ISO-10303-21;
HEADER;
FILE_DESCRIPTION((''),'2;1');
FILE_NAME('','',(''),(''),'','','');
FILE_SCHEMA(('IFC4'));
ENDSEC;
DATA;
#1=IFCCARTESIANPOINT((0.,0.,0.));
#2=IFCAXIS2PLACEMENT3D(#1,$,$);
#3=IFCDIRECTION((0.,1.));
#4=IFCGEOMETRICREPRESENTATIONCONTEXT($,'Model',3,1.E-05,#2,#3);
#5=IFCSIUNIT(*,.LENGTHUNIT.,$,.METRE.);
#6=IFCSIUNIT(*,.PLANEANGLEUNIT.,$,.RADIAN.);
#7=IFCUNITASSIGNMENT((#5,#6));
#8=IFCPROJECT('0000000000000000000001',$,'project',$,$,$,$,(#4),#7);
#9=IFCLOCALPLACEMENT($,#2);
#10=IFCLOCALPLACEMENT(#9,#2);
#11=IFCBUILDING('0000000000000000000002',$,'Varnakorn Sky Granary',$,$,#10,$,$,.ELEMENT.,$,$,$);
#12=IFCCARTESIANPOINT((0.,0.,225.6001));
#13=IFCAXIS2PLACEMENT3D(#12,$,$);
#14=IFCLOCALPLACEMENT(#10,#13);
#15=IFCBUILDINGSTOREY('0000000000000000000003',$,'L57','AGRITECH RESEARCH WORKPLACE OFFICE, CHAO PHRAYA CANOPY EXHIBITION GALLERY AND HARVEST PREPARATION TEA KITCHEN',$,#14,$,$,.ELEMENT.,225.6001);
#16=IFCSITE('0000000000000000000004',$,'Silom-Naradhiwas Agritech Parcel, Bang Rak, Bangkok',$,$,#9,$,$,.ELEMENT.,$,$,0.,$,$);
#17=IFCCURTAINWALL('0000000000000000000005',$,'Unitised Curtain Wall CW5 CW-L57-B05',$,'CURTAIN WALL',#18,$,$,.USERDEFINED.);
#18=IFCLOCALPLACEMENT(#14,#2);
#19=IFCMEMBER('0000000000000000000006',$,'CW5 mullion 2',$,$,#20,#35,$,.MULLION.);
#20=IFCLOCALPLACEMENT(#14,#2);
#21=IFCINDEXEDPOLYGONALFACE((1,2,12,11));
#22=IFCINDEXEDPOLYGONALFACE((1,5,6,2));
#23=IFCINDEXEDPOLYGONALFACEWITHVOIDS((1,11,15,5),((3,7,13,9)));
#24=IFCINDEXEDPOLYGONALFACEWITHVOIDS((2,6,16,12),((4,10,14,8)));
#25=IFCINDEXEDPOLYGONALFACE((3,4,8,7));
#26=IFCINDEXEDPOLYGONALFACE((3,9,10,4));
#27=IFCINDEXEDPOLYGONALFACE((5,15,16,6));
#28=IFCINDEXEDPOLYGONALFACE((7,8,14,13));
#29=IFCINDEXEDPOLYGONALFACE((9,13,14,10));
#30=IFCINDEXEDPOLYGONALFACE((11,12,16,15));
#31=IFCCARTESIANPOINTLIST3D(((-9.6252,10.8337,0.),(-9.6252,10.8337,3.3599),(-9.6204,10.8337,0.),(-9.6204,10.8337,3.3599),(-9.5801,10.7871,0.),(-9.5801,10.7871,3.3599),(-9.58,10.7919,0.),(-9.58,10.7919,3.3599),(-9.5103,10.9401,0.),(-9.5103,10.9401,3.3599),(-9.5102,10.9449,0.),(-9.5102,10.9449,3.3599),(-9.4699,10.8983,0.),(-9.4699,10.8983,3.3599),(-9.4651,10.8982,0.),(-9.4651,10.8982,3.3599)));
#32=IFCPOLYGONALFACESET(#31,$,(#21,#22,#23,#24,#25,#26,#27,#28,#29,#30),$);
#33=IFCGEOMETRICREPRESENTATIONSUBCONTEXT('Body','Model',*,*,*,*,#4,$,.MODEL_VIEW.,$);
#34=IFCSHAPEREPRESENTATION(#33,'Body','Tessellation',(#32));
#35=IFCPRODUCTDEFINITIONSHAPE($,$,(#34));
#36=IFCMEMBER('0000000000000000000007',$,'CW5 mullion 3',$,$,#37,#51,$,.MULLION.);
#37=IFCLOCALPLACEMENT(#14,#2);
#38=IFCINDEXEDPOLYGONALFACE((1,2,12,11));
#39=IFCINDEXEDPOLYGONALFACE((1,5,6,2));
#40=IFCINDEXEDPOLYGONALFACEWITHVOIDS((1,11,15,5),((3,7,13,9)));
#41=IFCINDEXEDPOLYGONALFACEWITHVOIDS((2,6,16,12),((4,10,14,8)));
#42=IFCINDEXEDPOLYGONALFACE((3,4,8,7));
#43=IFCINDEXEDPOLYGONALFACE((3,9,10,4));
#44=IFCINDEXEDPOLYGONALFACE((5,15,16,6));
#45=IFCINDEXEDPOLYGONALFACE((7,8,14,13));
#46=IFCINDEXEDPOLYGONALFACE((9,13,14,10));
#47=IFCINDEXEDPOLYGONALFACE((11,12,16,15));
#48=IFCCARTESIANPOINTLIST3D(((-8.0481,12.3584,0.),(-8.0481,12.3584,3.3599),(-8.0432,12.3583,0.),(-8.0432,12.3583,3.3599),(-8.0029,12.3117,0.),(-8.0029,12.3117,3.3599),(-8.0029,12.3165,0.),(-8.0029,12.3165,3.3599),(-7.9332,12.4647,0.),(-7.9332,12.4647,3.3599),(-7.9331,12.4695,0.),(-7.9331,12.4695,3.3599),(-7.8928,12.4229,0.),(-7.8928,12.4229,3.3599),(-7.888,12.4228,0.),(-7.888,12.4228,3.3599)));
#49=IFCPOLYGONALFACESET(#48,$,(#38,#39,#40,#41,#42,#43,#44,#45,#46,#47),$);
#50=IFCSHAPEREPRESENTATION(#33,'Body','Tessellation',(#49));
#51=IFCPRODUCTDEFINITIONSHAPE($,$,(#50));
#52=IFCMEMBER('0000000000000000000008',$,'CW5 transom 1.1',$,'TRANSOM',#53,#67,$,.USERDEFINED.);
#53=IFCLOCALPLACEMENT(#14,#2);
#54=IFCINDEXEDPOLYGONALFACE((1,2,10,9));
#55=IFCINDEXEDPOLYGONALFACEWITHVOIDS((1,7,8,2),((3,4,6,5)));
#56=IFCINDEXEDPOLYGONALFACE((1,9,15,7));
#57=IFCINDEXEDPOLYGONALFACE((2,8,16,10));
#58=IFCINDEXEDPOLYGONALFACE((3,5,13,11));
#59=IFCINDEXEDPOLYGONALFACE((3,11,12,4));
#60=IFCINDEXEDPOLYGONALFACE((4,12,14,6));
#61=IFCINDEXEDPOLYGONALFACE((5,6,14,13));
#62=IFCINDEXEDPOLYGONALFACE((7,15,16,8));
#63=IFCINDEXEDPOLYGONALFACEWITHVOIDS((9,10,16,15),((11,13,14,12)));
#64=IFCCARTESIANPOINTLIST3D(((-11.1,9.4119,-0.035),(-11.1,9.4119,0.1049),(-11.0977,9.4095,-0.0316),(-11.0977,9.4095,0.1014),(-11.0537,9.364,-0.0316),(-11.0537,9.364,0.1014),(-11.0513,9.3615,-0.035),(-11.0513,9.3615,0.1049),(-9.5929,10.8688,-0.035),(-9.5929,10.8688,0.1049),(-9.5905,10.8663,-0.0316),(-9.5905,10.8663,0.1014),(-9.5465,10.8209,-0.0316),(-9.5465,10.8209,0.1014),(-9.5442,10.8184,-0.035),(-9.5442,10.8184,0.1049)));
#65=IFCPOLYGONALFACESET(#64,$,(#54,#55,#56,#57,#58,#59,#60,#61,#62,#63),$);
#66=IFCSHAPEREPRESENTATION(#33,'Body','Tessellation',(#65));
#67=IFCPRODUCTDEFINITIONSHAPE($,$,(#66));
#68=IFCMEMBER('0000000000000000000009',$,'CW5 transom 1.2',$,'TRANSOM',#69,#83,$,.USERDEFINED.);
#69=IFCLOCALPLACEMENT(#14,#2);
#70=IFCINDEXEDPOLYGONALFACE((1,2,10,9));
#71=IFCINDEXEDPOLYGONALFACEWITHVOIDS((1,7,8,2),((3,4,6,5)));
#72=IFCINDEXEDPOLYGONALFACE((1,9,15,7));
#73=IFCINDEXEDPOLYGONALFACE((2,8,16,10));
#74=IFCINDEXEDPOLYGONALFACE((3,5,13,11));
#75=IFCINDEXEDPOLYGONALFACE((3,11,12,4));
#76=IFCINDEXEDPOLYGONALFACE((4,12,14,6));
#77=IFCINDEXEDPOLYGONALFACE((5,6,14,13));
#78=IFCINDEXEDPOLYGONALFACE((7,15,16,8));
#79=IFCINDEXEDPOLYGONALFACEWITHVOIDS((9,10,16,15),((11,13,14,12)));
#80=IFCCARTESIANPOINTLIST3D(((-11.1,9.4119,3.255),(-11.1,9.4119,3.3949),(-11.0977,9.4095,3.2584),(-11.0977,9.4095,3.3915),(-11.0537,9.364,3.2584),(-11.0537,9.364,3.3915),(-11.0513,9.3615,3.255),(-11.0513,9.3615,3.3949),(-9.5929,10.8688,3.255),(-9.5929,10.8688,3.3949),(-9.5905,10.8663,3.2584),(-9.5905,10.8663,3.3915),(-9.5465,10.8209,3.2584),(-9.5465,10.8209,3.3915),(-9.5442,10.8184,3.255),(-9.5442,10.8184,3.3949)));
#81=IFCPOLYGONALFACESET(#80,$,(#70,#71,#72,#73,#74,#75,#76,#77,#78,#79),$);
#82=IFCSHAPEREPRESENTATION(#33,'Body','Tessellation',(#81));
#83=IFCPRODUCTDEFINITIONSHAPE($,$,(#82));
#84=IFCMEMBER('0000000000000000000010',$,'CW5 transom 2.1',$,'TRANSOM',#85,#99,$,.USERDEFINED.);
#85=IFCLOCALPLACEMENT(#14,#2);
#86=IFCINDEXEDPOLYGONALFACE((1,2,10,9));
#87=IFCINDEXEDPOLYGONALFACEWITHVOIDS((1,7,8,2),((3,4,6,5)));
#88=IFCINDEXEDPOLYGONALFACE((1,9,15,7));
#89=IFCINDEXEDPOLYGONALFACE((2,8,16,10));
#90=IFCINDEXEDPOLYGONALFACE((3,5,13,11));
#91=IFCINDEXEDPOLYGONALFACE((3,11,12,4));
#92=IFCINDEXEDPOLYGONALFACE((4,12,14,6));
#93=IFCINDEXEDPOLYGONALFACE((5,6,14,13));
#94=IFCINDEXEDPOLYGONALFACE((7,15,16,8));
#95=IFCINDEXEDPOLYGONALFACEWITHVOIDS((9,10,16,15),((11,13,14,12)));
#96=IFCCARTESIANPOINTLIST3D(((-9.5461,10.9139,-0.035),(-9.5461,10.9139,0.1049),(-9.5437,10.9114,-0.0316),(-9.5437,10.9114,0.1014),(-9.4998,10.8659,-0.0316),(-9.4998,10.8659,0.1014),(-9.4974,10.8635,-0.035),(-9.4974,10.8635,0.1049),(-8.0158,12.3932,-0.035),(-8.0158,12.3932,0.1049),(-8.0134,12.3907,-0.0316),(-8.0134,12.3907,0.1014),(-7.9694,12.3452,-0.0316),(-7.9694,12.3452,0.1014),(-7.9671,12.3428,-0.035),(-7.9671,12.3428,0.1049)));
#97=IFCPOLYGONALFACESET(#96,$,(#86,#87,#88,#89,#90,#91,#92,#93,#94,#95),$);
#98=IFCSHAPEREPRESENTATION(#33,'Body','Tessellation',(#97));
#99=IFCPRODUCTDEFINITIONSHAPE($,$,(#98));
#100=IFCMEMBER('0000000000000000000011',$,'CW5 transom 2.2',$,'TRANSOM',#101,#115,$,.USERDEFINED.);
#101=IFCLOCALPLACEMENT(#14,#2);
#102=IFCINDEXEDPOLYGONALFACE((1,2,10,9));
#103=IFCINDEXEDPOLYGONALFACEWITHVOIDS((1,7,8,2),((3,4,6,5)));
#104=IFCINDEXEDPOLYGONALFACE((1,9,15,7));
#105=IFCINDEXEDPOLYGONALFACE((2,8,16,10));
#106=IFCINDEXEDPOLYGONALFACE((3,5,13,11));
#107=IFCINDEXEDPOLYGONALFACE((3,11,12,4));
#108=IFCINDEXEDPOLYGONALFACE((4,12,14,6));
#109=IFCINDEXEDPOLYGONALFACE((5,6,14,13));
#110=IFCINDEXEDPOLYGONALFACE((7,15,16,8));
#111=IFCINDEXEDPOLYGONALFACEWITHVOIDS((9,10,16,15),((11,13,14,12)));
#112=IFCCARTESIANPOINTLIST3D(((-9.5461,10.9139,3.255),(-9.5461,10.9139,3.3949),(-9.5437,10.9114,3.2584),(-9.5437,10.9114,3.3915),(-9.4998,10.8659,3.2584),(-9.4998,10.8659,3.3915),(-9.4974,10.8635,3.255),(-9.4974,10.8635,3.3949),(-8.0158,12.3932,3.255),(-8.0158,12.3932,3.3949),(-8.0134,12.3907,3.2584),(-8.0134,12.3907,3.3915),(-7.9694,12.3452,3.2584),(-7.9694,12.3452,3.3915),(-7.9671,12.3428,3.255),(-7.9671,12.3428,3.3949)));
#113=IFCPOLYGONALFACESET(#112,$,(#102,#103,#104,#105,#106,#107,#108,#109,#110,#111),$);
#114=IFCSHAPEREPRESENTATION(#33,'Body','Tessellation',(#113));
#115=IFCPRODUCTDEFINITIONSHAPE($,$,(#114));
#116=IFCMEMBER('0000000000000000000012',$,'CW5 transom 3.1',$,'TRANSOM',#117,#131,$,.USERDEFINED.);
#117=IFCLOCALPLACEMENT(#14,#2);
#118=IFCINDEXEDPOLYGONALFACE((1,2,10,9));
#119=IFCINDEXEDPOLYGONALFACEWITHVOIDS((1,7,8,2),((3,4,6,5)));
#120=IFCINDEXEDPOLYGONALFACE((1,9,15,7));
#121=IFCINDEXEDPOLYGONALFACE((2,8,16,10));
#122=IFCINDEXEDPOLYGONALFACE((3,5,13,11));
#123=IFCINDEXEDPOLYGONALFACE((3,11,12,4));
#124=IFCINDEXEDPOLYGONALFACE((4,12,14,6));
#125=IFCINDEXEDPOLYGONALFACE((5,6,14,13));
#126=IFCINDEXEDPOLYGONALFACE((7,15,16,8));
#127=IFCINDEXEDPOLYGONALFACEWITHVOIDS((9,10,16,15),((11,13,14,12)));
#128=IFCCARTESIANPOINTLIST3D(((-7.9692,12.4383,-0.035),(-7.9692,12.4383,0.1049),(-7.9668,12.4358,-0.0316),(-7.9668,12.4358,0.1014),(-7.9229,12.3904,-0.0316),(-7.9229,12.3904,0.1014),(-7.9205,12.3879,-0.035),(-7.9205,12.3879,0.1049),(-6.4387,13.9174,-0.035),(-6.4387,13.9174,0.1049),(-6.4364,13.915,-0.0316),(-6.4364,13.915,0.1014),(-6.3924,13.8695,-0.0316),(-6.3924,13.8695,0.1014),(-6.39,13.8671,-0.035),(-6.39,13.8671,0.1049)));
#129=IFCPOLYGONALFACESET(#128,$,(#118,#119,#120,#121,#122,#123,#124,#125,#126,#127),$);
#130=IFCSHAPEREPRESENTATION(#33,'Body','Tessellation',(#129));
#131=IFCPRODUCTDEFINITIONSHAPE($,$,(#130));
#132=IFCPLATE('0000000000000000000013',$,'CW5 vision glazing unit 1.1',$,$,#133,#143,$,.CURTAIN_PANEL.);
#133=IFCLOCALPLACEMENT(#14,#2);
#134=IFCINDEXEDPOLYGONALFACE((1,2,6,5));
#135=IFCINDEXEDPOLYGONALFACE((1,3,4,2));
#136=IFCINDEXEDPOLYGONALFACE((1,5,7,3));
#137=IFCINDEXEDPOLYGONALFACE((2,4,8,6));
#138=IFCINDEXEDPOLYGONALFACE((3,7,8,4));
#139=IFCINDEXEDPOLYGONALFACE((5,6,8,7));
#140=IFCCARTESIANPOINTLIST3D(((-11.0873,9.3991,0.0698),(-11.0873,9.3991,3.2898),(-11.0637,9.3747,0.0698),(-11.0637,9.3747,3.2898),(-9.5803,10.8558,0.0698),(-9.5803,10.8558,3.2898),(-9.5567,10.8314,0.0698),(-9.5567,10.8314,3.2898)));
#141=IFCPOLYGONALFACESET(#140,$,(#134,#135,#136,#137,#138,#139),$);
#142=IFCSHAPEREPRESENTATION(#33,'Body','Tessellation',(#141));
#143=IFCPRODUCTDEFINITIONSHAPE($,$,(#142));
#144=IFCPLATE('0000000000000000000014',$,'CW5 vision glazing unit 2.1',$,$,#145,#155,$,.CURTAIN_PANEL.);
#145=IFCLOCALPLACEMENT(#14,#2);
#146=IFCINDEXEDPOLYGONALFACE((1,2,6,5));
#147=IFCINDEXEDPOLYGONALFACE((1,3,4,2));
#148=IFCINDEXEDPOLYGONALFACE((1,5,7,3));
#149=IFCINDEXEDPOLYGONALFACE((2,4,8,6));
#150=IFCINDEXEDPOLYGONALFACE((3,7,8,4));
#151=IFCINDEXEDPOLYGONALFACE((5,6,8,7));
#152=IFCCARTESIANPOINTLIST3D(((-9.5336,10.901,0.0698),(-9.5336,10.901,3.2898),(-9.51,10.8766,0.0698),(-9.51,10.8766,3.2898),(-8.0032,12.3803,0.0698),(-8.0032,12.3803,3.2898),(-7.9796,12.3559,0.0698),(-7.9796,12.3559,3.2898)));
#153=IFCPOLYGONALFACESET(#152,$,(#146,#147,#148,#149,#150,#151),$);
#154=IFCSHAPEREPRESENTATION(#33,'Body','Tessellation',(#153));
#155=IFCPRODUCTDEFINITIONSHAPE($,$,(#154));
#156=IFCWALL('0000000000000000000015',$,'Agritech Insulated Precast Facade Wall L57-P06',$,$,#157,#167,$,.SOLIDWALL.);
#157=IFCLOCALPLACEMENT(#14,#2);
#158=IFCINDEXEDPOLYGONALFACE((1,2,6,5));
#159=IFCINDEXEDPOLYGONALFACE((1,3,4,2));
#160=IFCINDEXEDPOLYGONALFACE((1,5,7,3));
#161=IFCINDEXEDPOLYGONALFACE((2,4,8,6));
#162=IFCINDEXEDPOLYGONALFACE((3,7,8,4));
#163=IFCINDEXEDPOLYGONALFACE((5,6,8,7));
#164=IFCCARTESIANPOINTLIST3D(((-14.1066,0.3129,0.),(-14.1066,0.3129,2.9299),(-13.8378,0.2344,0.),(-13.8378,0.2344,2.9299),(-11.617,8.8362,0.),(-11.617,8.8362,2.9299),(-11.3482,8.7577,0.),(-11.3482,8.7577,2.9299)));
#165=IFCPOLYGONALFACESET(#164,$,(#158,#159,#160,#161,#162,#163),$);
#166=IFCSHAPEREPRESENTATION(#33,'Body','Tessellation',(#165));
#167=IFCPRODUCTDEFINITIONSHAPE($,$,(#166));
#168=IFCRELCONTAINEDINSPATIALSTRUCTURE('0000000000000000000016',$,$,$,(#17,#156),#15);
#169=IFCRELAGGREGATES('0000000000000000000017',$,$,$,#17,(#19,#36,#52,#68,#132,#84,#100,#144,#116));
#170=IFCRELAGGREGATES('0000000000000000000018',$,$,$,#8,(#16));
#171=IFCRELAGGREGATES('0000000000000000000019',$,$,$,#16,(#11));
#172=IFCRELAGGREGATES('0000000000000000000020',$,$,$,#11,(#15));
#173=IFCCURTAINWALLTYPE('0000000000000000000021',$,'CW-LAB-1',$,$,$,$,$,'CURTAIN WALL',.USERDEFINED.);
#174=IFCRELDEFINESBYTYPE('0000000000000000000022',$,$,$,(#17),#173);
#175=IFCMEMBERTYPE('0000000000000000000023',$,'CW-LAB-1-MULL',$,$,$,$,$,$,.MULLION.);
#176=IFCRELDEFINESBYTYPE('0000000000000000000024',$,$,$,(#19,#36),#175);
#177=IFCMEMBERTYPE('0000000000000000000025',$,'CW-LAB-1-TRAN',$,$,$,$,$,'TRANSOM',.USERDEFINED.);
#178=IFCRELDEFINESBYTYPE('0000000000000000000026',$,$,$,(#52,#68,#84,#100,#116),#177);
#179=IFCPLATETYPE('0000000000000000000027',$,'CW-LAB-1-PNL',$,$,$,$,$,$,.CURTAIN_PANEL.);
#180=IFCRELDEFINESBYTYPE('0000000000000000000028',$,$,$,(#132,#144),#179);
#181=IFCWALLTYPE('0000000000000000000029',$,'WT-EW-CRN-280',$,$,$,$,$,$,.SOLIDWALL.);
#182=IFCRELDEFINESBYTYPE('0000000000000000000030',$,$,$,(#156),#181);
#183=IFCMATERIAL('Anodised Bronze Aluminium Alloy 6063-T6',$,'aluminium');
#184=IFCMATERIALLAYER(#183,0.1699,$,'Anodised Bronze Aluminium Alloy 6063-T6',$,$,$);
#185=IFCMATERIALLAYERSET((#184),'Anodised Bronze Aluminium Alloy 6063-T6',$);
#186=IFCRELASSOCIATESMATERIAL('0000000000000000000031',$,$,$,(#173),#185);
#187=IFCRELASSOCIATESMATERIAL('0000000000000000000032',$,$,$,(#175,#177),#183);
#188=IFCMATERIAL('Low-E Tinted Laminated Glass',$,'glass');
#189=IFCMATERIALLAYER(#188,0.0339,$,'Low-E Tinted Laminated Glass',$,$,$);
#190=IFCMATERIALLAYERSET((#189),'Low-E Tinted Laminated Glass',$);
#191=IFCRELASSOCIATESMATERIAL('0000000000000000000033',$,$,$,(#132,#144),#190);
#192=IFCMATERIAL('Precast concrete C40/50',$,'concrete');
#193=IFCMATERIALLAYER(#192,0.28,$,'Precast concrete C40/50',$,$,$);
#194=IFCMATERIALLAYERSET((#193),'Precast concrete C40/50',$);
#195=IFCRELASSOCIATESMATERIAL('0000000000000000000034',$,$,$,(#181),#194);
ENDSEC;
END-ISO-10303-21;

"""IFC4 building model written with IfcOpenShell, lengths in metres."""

from ifc_helpers import new_model, si_unit, direction, frame, frame_2d, origin, origin_2d, place, context, subcontext, project, spatial, rectangle, hollow_rectangle, extrude, source, transform, mapped, material, layer, layer_set, material_profile, profile_set, type_object, type_shapes, element, aggregate, save


model = new_model("IFC4")

# Units and contexts
model_context = context("Model", 3, precision=1e-05, world=origin(), true_north=direction((0.0, 1.0)))
body_context = subcontext(model_context, "Body", "Model", "MODEL_VIEW")
ifc_project = project(units=[si_unit("LENGTHUNIT", "METRE"), si_unit("PLANEANGLEUNIT", "RADIAN")], contexts=[model_context])

# Site, building, storey
site_placement = place(None, origin())
site = spatial("IfcSite", under=ifc_project, at=site_placement, Name="Silom-Naradhiwas Agritech Parcel, Bang Rak, Bangkok", CompositionType="ELEMENT", RefElevation=0.0)
building_placement = place(site_placement, origin())
building = spatial("IfcBuilding", under=site, at=building_placement, Name="Varnakorn Sky Granary", CompositionType="ELEMENT")
storey_placement = place(building_placement, frame((0.0, 0.0, 225.6001)))
storey = spatial("IfcBuildingStorey", under=building, at=storey_placement, Name="L57", Description="AGRITECH RESEARCH WORKPLACE OFFICE, CHAO PHRAYA CANOPY EXHIBITION GALLERY AND HARVEST PREPARATION TEA KITCHEN", CompositionType="ELEMENT", Elevation=225.6001)

# Curtain wall, members, plates
ifc_material_1 = material(Name="Anodised Bronze Aluminium Alloy 6063-T6", Category="aluminium")
ifc_layer_1 = layer(ifc_material_1, 0.1699, Name="Anodised Bronze Aluminium Alloy 6063-T6")
ifc_layer_set_1 = layer_set([ifc_layer_1], Name="Anodised Bronze Aluminium Alloy 6063-T6")
curtain_wall_type = type_object("IfcCurtainWallType", Name="CW-LAB-1", ElementType="CURTAIN WALL", PredefinedType="USERDEFINED", material=ifc_layer_set_1)
curtain_wall_placement = place(storey_placement, origin())
curtain_wall = element("IfcCurtainWall", 1, at=curtain_wall_placement, inside=storey, type_object=curtain_wall_type, Name="Unitised Curtain Wall CW5 CW-L57-B05", ObjectType="CURTAIN WALL", PredefinedType="USERDEFINED")
ifc_material_profile_1 = material_profile(ifc_material_1, hollow_rectangle(XDim=0.0649, YDim=0.1599, WallThickness=0.0034, at=origin_2d()), Name="ALU MULL 65x160")
ifc_profile_set_1 = profile_set([ifc_material_profile_1], Name="Anodised Bronze Aluminium Alloy 6063-T6")
member_type_1 = type_object("IfcMemberType", Name="CW-LAB-1-MULL", PredefinedType="MULLION", material=ifc_profile_set_1)
member_1_placement = place(storey_placement, frame((-9.5452, 10.866, 0.0), z_axis=(0.0, 0.0, 1.0), x_axis=(-0.695009, 0.719001, 0.0)))
member_1 = element("IfcMember", 2, at=member_1_placement, type_object=member_type_1, Name="CW5 mullion 2", PredefinedType="MULLION", context=body_context, shape_type="SweptSolid", body=[
    extrude(hollow_rectangle(XDim=0.0649, YDim=0.1599, WallThickness=0.0034, at=origin_2d()), origin(), (0.0, 0.0, 1.0), 3.3599),
])
member_2_placement = place(storey_placement, frame((-7.968, 12.3906, 0.0), z_axis=(0.0, 0.0, 1.0), x_axis=(-0.695009, 0.719001, 0.0)))
member_2 = element("IfcMember", 3, at=member_2_placement, type_object=member_type_1, Name="CW5 mullion 3", PredefinedType="MULLION", context=body_context, shape_type="SweptSolid", body=[
    extrude(hollow_rectangle(XDim=0.0649, YDim=0.1599, WallThickness=0.0034, at=origin_2d()), origin(), (0.0, 0.0, 1.0), 3.3599),
])
ifc_material_profile_2 = material_profile(ifc_material_1, hollow_rectangle(XDim=0.0701, YDim=0.1399, WallThickness=0.0034, at=origin_2d()), Name="ALU TRAN 70x140")
ifc_profile_set_2 = profile_set([ifc_material_profile_2], Name="Anodised Bronze Aluminium Alloy 6063-T6")
member_type_2 = type_object("IfcMemberType", Name="CW-LAB-1-TRAN", ElementType="TRANSOM", PredefinedType="USERDEFINED", material=ifc_profile_set_2)
member_3_placement = place(storey_placement, frame((-11.0757, 9.3867, 0.0349), z_axis=(0.719002, 0.695008, 0.0), x_axis=(-0.695008, 0.719002, 0.0)))
member_3 = element("IfcMember", 4, at=member_3_placement, type_object=member_type_2, Name="CW5 transom 1.1", ObjectType="TRANSOM", PredefinedType="USERDEFINED", context=body_context, shape_type="SweptSolid", body=[
    extrude(hollow_rectangle(XDim=0.0701, YDim=0.1399, WallThickness=0.0034, at=origin_2d()), origin(), (0.0, 0.0, 1.0), 2.0962),
])
member_4_placement = place(storey_placement, frame((-11.0757, 9.3867, 3.325), z_axis=(0.719002, 0.695008, 0.0), x_axis=(-0.695008, 0.719002, 0.0)))
member_4 = element("IfcMember", 5, at=member_4_placement, type_object=member_type_2, Name="CW5 transom 1.2", ObjectType="TRANSOM", PredefinedType="USERDEFINED", context=body_context, shape_type="SweptSolid", body=[
    extrude(hollow_rectangle(XDim=0.0701, YDim=0.1399, WallThickness=0.0034, at=origin_2d()), origin(), (0.0, 0.0, 1.0), 2.0962),
])
member_5_placement = place(storey_placement, frame((-9.5217, 10.8887, 0.0349), z_axis=(0.718992, 0.695018, 0.0), x_axis=(-0.695018, 0.718992, 0.0)))
member_5 = element("IfcMember", 6, at=member_5_placement, type_object=member_type_2, Name="CW5 transom 2.1", ObjectType="TRANSOM", PredefinedType="USERDEFINED", context=body_context, shape_type="SweptSolid", body=[
    extrude(hollow_rectangle(XDim=0.0701, YDim=0.1399, WallThickness=0.0034, at=origin_2d()), origin(), (0.0, 0.0, 1.0), 2.1284),
])
member_6_placement = place(storey_placement, frame((-9.5217, 10.8887, 3.325), z_axis=(0.718992, 0.695018, 0.0), x_axis=(-0.695018, 0.718992, 0.0)))
member_6 = element("IfcMember", 7, at=member_6_placement, type_object=member_type_2, Name="CW5 transom 2.2", ObjectType="TRANSOM", PredefinedType="USERDEFINED", context=body_context, shape_type="SweptSolid", body=[
    extrude(hollow_rectangle(XDim=0.0701, YDim=0.1399, WallThickness=0.0034, at=origin_2d()), origin(), (0.0, 0.0, 1.0), 2.1284),
])
member_7_placement = place(storey_placement, frame((-7.9448, 12.4131, 0.0349), z_axis=(0.719048, 0.694961, 0.0), x_axis=(-0.694961, 0.719048, 0.0)))
member_7 = element("IfcMember", 8, at=member_7_placement, type_object=member_type_2, Name="CW5 transom 3.1", ObjectType="TRANSOM", PredefinedType="USERDEFINED", context=body_context, shape_type="SweptSolid", body=[
    extrude(hollow_rectangle(XDim=0.0701, YDim=0.1399, WallThickness=0.0034, at=origin_2d()), origin(), (0.0, 0.0, 1.0), 2.1284),
])
ifc_material_2 = material(Name="Low-E Tinted Laminated Glass", Category="glass")
ifc_layer_2 = layer(ifc_material_2, 0.0339, Name="Low-E Tinted Laminated Glass")
ifc_layer_set_2 = layer_set([ifc_layer_2], Name="Low-E Tinted Laminated Glass")
plate_type = type_object("IfcPlateType", Name="CW-LAB-1-PNL", PredefinedType="CURTAIN_PANEL")
shared_shape_1 = source(origin(), body_context, "Body", "SweptSolid", [
    extrude(rectangle(XDim=2.0959, YDim=0.0339, at=origin_2d()), origin(), (0.0, 0.0, 1.0), 3.22),
])
plate_1_placement = place(storey_placement, frame((-10.322, 10.1152, 0.0698), z_axis=(0.0, 0.0, 1.0), x_axis=(0.719001, 0.695009, 0.0)))
plate_1 = element("IfcPlate", 9, at=plate_1_placement, type_object=plate_type, material=ifc_layer_set_2, Name="CW5 vision glazing unit 1.1", PredefinedType="CURTAIN_PANEL", context=body_context, shape_type="MappedRepresentation", body=[
    mapped(shared_shape_1, transform((0.0, 0.0, 0.0), x_axis=(1.0, 0.0, 0.0), y_axis=(0.0, 1.0, 0.0), z_axis=(0.0, 0.0, 1.0), scale=1.0)),
])
shared_shape_2 = source(origin(), body_context, "Body", "SweptSolid", [
    extrude(rectangle(XDim=2.1284, YDim=0.0339, at=origin_2d()), origin(), (0.0, 0.0, 1.0), 3.22),
])
type_shapes(plate_type, [shared_shape_1, shared_shape_2])
plate_2_placement = place(storey_placement, frame((-8.7566, 11.6284, 0.0698), z_axis=(0.0, 0.0, 1.0), x_axis=(0.719001, 0.695009, 0.0)))
plate_2 = element("IfcPlate", 10, at=plate_2_placement, type_object=plate_type, material=ifc_layer_set_2, Name="CW5 vision glazing unit 2.1", PredefinedType="CURTAIN_PANEL", context=body_context, shape_type="MappedRepresentation", body=[
    mapped(shared_shape_2, transform((0.0, 0.0, 0.0), x_axis=(1.0, 0.0, 0.0), y_axis=(0.0, 1.0, 0.0), z_axis=(0.0, 0.0, 1.0), scale=1.0)),
])
aggregate(curtain_wall, [member_1, member_2, member_3, member_4, plate_1, member_5, member_6, plate_2, member_7])

# Wall
ifc_material_3 = material(Name="Precast concrete C40/50", Category="concrete")
ifc_layer_3 = layer(ifc_material_3, 0.28, Name="Precast concrete C40/50")
ifc_layer_set_3 = layer_set([ifc_layer_3], Name="Precast concrete C40/50")
wall_type_1 = type_object("IfcWallType", Name="WT-EW-CRN-280", PredefinedType="SOLIDWALL", material=ifc_layer_set_3)
wall_1_placement = place(storey_placement, frame((-13.9722, 0.2737, 0.0), z_axis=(0.0, 0.0, 1.0), x_axis=(0.280371, 0.959892, 0.0)))
element("IfcWall", 11, at=wall_1_placement, inside=storey, type_object=wall_type_1, Name="Agritech Insulated Precast Facade Wall L57-P06", PredefinedType="SOLIDWALL", context=body_context, shape_type="SweptSolid", body=[
    extrude(rectangle(XDim=8.8794, YDim=0.28, at=frame_2d((4.4397, 0.0))), origin(), (0.0, 0.0, 1.0), 2.9299),
])

save(model, "model.ifc")
